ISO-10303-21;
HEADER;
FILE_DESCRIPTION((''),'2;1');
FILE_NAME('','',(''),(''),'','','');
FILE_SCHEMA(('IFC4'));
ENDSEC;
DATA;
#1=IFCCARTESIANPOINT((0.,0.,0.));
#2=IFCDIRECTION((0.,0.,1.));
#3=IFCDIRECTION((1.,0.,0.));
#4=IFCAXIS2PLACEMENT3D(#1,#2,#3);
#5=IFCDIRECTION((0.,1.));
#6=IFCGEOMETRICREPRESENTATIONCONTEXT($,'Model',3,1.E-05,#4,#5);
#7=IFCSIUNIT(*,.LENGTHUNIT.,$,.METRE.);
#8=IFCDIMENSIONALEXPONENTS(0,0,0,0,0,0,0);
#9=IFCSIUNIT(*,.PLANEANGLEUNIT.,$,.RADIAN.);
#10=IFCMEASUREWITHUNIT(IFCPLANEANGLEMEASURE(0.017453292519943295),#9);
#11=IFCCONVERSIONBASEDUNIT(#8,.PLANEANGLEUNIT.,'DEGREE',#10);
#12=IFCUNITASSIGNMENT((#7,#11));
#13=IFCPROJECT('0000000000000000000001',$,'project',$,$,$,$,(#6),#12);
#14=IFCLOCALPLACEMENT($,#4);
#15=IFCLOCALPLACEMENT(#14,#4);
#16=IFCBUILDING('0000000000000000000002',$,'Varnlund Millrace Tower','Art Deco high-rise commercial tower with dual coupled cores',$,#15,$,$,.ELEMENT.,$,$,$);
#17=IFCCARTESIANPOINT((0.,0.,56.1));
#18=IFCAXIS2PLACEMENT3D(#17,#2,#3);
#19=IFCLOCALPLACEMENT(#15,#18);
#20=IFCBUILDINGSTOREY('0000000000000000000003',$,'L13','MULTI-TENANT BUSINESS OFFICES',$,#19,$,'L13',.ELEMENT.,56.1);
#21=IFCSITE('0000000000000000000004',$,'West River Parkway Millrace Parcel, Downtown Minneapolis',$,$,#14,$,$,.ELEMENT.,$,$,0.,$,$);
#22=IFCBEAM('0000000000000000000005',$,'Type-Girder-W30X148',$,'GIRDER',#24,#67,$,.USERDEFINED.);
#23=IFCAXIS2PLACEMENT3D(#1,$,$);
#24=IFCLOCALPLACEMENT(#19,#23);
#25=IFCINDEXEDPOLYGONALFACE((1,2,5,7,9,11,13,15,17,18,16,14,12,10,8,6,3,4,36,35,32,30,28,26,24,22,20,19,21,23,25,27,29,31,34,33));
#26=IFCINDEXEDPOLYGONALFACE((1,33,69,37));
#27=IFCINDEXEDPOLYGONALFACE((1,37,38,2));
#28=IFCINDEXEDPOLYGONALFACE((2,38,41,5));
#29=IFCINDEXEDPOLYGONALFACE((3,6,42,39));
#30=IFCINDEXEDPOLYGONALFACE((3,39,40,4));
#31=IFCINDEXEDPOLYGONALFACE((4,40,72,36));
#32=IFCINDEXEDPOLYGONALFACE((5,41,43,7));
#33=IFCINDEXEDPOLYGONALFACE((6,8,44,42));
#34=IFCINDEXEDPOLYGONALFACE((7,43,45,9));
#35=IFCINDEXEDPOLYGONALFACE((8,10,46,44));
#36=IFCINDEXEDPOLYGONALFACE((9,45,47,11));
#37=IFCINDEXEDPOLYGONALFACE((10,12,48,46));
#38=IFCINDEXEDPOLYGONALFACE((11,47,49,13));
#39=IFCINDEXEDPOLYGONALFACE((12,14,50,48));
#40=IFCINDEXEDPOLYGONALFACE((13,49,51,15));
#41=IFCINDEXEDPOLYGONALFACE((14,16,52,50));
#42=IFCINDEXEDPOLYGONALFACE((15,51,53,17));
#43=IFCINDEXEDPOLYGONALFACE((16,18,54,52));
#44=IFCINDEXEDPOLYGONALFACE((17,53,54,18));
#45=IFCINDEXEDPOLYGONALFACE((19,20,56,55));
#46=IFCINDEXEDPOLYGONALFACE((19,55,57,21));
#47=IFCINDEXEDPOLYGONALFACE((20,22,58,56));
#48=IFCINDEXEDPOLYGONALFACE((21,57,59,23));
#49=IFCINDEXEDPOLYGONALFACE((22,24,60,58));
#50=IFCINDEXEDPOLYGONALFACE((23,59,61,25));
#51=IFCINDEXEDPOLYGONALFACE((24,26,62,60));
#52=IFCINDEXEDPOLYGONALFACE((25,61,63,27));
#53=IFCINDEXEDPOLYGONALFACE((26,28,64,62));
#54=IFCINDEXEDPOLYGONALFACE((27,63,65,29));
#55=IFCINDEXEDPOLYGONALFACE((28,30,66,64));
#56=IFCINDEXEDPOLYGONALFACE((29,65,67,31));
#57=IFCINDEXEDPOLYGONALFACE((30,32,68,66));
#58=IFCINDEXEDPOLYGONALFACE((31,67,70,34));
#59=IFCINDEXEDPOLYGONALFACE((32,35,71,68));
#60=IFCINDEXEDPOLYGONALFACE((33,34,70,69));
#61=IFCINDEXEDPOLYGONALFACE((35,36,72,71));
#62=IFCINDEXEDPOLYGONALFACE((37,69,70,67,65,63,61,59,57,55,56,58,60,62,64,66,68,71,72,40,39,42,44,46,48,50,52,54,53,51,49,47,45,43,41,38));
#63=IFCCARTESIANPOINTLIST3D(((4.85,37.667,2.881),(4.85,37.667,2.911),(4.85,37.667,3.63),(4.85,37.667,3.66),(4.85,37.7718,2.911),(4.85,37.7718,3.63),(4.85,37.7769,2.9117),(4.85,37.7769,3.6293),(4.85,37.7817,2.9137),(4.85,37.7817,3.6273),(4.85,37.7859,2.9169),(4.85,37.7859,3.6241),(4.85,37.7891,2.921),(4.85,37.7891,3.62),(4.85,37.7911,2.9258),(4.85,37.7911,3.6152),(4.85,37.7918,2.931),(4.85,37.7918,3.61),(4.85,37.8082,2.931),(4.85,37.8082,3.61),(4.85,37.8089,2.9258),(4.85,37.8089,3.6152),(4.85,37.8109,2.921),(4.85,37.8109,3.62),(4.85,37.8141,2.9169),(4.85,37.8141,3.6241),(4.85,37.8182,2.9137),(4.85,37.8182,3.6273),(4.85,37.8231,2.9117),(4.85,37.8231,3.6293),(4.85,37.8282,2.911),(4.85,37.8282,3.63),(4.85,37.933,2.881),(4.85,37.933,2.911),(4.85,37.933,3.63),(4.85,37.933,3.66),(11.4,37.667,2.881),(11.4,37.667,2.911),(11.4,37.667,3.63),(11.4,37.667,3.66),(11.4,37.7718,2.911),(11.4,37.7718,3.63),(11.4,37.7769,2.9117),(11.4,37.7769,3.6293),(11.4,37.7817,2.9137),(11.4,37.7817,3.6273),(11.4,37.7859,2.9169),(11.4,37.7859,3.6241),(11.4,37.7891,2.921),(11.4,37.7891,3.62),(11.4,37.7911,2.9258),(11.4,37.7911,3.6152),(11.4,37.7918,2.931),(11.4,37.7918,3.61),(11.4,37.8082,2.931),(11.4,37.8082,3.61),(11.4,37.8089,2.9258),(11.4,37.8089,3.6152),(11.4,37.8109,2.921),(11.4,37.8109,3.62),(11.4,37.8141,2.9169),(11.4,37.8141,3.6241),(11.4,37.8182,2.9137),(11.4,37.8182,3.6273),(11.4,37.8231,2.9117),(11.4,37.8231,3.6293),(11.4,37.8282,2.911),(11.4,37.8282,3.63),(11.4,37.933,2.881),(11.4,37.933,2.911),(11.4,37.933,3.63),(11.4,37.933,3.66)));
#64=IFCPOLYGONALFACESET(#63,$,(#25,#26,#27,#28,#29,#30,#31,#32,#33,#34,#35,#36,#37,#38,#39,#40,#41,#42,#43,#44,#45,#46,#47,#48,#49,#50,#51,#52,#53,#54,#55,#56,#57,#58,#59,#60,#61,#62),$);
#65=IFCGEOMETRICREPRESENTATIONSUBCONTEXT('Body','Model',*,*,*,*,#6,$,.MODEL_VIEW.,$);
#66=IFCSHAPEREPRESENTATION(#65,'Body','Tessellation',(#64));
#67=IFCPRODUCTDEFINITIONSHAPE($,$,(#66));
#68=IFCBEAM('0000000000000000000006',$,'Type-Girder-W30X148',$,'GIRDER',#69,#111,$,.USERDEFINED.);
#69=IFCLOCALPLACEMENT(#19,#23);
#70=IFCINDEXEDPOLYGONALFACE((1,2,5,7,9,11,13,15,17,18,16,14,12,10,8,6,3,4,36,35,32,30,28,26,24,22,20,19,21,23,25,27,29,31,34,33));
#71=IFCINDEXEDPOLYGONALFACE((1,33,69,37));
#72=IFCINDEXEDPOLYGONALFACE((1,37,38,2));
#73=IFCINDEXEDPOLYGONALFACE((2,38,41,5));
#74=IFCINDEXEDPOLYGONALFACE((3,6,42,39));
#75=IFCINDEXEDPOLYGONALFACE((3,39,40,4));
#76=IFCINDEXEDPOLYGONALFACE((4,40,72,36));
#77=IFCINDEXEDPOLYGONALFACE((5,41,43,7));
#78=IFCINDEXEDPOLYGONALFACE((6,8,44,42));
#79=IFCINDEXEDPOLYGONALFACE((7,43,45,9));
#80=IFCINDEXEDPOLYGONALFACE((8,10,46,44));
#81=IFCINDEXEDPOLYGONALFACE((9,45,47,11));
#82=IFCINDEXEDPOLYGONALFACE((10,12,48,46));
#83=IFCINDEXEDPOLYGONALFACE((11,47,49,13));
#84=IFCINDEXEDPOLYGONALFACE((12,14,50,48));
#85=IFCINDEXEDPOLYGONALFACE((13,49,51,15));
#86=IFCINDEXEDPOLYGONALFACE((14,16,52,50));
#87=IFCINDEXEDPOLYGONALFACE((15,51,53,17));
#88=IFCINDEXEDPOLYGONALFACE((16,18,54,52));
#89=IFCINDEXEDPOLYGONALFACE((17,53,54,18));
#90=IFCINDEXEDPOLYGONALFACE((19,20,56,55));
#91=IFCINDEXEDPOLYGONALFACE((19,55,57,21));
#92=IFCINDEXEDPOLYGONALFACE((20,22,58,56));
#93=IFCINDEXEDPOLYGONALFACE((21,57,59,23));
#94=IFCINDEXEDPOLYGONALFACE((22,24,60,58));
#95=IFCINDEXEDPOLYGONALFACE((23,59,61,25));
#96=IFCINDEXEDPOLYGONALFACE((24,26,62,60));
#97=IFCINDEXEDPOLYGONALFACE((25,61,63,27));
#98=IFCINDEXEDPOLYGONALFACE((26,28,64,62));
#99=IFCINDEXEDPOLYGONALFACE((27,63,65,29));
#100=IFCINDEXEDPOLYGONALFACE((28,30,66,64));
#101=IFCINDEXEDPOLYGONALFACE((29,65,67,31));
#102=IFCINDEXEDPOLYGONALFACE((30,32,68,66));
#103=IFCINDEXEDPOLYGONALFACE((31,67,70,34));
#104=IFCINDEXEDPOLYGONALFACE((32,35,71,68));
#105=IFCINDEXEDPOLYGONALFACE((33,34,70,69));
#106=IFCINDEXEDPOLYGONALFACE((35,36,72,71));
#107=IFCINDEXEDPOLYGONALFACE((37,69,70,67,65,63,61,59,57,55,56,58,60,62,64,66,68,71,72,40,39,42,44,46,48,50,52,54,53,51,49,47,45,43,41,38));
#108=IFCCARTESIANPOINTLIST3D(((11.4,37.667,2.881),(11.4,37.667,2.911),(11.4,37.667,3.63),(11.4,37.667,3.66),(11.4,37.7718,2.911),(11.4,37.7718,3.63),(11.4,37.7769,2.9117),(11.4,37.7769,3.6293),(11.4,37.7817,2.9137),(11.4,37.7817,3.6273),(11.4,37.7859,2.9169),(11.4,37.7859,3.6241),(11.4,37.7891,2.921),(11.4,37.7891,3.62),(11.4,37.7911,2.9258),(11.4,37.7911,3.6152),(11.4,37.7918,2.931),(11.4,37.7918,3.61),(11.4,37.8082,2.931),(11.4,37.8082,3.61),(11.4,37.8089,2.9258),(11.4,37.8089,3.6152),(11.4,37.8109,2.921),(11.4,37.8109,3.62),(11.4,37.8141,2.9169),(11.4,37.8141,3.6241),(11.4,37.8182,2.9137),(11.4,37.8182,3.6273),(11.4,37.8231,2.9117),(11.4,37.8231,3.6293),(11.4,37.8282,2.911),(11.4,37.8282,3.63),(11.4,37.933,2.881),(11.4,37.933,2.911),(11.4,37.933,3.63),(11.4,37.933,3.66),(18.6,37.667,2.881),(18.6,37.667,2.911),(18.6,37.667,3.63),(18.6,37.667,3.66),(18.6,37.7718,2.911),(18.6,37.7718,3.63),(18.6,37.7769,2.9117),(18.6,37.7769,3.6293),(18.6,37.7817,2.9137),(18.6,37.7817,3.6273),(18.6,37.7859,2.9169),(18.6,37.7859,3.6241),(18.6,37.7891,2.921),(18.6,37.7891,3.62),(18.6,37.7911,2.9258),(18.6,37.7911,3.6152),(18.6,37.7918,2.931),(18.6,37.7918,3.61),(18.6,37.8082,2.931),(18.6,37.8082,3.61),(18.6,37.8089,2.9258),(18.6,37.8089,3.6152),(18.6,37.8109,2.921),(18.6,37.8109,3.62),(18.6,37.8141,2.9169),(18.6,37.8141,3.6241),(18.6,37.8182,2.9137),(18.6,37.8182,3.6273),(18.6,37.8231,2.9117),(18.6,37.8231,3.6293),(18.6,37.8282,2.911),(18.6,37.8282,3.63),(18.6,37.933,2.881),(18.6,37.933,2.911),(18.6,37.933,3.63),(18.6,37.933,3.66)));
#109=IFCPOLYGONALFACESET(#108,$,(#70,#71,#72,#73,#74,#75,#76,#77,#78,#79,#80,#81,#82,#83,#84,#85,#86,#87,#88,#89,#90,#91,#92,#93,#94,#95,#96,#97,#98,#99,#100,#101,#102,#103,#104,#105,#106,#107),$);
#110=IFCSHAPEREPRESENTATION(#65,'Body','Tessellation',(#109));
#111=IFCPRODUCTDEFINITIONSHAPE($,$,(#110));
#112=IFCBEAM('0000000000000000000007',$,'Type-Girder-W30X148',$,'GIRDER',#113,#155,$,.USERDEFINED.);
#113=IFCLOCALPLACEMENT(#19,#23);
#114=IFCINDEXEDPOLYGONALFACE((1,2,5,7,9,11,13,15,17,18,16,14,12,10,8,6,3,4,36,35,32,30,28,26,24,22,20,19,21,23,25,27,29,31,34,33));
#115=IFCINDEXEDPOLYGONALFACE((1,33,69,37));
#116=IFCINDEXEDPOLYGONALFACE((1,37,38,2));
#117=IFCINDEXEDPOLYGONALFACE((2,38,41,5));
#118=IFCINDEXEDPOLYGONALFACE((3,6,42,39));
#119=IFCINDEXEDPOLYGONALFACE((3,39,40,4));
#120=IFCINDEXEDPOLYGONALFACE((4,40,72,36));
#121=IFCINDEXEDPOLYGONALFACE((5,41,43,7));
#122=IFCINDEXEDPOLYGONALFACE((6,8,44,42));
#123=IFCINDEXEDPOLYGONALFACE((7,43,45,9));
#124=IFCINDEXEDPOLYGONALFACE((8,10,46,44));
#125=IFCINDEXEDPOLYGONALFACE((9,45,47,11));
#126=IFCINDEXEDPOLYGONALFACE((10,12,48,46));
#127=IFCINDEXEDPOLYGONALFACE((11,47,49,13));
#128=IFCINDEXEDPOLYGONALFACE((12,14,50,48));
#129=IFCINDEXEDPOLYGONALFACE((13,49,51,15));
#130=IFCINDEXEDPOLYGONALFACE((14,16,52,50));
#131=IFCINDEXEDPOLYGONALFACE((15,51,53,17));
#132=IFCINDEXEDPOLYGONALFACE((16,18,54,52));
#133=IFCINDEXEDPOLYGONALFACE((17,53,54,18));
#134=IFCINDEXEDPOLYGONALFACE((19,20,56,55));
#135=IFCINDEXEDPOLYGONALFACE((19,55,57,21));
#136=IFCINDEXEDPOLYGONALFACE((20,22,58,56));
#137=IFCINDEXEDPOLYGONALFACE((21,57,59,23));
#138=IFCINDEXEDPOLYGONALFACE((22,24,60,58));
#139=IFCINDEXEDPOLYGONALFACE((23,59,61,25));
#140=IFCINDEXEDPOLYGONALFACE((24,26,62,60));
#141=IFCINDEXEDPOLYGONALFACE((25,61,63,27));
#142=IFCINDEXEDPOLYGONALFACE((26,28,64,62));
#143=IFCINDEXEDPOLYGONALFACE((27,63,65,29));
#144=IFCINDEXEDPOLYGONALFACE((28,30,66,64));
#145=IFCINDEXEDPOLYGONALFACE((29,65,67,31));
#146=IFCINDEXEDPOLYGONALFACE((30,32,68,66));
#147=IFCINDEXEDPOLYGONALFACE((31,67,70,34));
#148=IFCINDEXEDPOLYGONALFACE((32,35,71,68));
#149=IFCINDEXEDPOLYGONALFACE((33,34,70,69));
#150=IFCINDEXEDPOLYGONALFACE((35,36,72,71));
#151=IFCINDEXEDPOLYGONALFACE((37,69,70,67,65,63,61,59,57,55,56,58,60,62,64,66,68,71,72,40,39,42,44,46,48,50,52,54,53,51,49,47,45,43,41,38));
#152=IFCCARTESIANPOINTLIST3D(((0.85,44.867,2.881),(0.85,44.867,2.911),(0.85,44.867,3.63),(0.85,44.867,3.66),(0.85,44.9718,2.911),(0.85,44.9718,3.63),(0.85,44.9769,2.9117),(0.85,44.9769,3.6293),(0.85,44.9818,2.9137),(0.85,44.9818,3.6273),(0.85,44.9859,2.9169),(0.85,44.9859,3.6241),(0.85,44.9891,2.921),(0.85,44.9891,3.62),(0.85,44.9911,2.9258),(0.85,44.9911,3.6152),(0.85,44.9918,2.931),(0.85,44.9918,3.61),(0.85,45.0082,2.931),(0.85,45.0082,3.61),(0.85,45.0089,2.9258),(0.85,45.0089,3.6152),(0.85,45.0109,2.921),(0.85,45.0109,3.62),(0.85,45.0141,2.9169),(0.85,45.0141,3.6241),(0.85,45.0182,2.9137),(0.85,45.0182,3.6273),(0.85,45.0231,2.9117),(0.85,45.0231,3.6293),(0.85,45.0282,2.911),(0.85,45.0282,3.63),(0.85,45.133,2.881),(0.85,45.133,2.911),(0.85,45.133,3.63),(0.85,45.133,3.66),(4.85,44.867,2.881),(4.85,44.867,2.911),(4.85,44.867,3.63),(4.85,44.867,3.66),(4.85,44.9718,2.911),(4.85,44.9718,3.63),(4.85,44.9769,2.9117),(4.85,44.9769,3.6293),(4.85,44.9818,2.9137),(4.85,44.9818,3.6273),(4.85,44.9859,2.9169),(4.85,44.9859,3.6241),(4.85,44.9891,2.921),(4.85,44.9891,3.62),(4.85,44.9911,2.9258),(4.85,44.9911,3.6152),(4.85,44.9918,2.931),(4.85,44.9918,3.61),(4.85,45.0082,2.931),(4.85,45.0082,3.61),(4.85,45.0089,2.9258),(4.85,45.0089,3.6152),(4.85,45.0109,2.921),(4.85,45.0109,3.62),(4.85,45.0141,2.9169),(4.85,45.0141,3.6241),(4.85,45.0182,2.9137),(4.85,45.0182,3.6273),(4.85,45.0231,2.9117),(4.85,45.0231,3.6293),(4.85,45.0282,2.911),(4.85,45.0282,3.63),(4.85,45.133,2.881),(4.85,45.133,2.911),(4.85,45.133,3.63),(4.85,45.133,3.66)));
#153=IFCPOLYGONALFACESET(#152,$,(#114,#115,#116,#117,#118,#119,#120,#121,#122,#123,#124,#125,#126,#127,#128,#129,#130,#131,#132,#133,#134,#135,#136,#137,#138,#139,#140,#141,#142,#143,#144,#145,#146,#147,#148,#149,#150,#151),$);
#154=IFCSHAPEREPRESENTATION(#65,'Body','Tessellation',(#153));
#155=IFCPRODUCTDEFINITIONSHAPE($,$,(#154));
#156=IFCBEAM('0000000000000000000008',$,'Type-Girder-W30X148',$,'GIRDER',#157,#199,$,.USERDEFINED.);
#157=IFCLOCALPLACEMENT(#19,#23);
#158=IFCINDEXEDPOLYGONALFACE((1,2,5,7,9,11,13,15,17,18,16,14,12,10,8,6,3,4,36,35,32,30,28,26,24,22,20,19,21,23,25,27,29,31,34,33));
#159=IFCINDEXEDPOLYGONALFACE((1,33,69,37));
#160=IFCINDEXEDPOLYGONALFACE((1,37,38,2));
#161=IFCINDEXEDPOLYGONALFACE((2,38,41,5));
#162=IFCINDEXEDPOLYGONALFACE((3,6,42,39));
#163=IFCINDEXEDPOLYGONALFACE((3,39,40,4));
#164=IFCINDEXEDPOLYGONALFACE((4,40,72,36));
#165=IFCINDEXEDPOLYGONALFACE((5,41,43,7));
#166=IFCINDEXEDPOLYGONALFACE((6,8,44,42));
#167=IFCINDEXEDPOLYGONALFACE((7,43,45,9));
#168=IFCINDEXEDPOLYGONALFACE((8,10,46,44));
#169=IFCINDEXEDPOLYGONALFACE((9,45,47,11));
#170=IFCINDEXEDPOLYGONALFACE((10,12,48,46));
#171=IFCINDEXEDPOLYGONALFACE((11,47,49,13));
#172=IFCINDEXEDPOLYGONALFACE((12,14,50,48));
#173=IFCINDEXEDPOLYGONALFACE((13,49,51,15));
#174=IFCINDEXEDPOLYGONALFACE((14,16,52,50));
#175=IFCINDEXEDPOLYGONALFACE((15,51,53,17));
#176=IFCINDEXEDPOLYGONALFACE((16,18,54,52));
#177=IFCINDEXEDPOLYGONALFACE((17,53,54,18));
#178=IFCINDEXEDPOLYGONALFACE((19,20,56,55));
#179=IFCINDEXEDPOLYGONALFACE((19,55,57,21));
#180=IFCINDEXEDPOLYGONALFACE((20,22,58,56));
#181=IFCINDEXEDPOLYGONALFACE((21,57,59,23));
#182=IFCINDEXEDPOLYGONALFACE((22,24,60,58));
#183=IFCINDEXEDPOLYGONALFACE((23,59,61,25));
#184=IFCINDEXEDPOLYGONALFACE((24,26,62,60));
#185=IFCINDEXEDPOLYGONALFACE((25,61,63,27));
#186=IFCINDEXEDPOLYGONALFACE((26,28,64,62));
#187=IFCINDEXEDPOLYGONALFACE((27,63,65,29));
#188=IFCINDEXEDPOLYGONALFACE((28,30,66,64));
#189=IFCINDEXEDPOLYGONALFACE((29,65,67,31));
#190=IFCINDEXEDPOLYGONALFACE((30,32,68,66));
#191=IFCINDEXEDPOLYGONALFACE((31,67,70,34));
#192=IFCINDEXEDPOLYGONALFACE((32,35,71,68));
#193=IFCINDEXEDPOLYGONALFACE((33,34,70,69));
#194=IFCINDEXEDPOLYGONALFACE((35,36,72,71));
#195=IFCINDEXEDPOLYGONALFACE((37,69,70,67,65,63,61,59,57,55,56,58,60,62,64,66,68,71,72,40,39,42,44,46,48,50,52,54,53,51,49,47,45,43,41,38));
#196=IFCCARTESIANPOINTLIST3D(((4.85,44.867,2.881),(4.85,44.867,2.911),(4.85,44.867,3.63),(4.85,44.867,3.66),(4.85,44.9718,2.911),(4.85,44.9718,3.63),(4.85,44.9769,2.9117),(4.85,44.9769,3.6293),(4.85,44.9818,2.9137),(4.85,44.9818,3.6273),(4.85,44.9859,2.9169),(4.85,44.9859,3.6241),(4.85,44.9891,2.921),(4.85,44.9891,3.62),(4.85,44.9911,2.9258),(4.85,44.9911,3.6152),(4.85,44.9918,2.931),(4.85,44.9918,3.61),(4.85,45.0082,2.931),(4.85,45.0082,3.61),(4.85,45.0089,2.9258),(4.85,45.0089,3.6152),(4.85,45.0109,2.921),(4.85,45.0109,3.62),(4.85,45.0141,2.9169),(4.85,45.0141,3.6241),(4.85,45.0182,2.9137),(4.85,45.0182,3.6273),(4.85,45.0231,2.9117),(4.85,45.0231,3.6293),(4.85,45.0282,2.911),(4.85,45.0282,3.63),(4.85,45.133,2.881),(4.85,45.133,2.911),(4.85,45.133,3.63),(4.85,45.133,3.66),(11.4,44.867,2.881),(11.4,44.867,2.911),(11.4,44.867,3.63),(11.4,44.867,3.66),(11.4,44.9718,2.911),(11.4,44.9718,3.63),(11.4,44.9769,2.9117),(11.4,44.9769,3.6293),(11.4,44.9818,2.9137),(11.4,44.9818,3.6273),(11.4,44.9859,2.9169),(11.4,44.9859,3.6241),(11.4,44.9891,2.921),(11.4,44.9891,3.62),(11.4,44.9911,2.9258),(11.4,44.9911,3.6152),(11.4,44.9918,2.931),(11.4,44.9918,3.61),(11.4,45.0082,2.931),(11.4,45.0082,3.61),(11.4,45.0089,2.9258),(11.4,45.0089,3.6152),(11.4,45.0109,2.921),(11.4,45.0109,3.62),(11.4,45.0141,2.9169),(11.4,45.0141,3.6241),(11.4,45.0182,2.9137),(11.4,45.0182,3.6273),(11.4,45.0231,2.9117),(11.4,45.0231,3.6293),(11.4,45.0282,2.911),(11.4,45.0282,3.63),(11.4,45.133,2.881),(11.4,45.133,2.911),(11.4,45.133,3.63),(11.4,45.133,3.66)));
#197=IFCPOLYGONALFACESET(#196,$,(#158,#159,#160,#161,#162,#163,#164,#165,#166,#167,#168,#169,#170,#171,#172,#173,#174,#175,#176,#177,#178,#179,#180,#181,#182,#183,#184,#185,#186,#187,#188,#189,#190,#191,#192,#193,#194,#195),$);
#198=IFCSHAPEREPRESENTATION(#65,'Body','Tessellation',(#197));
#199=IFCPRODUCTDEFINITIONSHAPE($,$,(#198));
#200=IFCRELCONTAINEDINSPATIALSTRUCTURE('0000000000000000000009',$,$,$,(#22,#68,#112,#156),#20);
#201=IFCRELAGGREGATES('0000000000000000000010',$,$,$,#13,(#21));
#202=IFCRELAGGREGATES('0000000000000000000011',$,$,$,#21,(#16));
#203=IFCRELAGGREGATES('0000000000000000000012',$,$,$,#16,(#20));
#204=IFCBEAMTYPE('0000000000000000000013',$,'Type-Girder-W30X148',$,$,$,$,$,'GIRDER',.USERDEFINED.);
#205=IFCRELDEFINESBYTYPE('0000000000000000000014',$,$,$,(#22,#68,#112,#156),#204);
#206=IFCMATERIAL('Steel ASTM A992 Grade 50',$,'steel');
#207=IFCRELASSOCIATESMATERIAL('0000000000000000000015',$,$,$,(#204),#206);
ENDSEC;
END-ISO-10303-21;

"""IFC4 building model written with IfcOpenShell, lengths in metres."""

from ifc_helpers import new_model, entity, si_unit, converted_unit, direction, frame, origin_with_axes, origin_2d_with_axis, place, context, subcontext, project, spatial, i_section, extrude, material, material_profile, profile_set, type_object, element, save


model = new_model("IFC4")

# Units and contexts
model_context = context("Model", 3, precision=1e-05, world=origin_with_axes(), true_north=direction((0.0, 1.0)))
body_context = subcontext(model_context, "Body", "Model", "MODEL_VIEW")
ifc_project = project(units=[si_unit("LENGTHUNIT", "METRE"), converted_unit("PLANEANGLEUNIT", "DEGREE", entity("IfcPlaneAngleMeasure", 0.017453292519943295), si_unit("PLANEANGLEUNIT", "RADIAN"), dimensions=[0, 0, 0, 0, 0, 0, 0])], contexts=[model_context])

# Site, building, storey
site_placement = place(None, origin_with_axes())
site = spatial("IfcSite", under=ifc_project, at=site_placement, Name="West River Parkway Millrace Parcel, Downtown Minneapolis", CompositionType="ELEMENT", RefElevation=0.0)
building_placement = place(site_placement, origin_with_axes())
building = spatial("IfcBuilding", under=site, at=building_placement, Name="Varnlund Millrace Tower", Description="Art Deco high-rise commercial tower with dual coupled cores", CompositionType="ELEMENT")
storey_placement = place(building_placement, frame((0.0, 0.0, 56.1), z_axis=(0.0, 0.0, 1.0), x_axis=(1.0, 0.0, 0.0)))
storey = spatial("IfcBuildingStorey", under=building, at=storey_placement, Name="L13", Description="MULTI-TENANT BUSINESS OFFICES", LongName="L13", CompositionType="ELEMENT", Elevation=56.1)

# Beams
ifc_material_1 = material(Name="Steel ASTM A992 Grade 50", Category="steel")
ifc_material_profile_1 = material_profile(ifc_material_1, i_section(OverallWidth=0.266, OverallDepth=0.779, WebThickness=0.0165, FlangeThickness=0.03, FilletRadius=0.02, at=origin_2d_with_axis()), Name="Steel ASTM A992 Grade 50")
ifc_profile_set_1 = profile_set([ifc_material_profile_1], Name="Steel ASTM A992 Grade 50")
beam_type_1 = type_object("IfcBeamType", Name="Type-Girder-W30X148", ElementType="GIRDER", PredefinedType="USERDEFINED", material=ifc_profile_set_1)
beam_1_placement = place(storey_placement, frame((4.85, 37.8, 3.2705), z_axis=(1.0, 0.0, 0.0), x_axis=(0.0, 1.0, 0.0)))
element("IfcBeam", 1, at=beam_1_placement, inside=storey, type_object=beam_type_1, Name="Type-Girder-W30X148", ObjectType="GIRDER", PredefinedType="USERDEFINED", context=body_context, shape_type="SweptSolid", body=[
    extrude(i_section(OverallWidth=0.266, OverallDepth=0.779, WebThickness=0.0165, FlangeThickness=0.03, FilletRadius=0.02, at=origin_2d_with_axis()), origin_with_axes(), (0.0, 0.0, 1.0), 6.55),
])
beam_2_placement = place(storey_placement, frame((11.4, 37.8, 3.2705), z_axis=(1.0, 0.0, 0.0), x_axis=(0.0, 1.0, 0.0)))
element("IfcBeam", 2, at=beam_2_placement, inside=storey, type_object=beam_type_1, Name="Type-Girder-W30X148", ObjectType="GIRDER", PredefinedType="USERDEFINED", context=body_context, shape_type="SweptSolid", body=[
    extrude(i_section(OverallWidth=0.266, OverallDepth=0.779, WebThickness=0.0165, FlangeThickness=0.03, FilletRadius=0.02, at=origin_2d_with_axis()), origin_with_axes(), (0.0, 0.0, 1.0), 7.2),
])
beam_3_placement = place(storey_placement, frame((0.85, 45.0, 3.2705), z_axis=(1.0, 0.0, 0.0), x_axis=(0.0, 1.0, 0.0)))
element("IfcBeam", 3, at=beam_3_placement, inside=storey, type_object=beam_type_1, Name="Type-Girder-W30X148", ObjectType="GIRDER", PredefinedType="USERDEFINED", context=body_context, shape_type="SweptSolid", body=[
    extrude(i_section(OverallWidth=0.266, OverallDepth=0.779, WebThickness=0.0165, FlangeThickness=0.03, FilletRadius=0.02, at=origin_2d_with_axis()), origin_with_axes(), (0.0, 0.0, 1.0), 4.0),
])
beam_4_placement = place(storey_placement, frame((4.85, 45.0, 3.2705), z_axis=(1.0, 0.0, 0.0), x_axis=(0.0, 1.0, 0.0)))
element("IfcBeam", 4, at=beam_4_placement, inside=storey, type_object=beam_type_1, Name="Type-Girder-W30X148", ObjectType="GIRDER", PredefinedType="USERDEFINED", context=body_context, shape_type="SweptSolid", body=[
    extrude(i_section(OverallWidth=0.266, OverallDepth=0.779, WebThickness=0.0165, FlangeThickness=0.03, FilletRadius=0.02, at=origin_2d_with_axis()), origin_with_axes(), (0.0, 0.0, 1.0), 6.55),
])

save(model, "model.ifc")
